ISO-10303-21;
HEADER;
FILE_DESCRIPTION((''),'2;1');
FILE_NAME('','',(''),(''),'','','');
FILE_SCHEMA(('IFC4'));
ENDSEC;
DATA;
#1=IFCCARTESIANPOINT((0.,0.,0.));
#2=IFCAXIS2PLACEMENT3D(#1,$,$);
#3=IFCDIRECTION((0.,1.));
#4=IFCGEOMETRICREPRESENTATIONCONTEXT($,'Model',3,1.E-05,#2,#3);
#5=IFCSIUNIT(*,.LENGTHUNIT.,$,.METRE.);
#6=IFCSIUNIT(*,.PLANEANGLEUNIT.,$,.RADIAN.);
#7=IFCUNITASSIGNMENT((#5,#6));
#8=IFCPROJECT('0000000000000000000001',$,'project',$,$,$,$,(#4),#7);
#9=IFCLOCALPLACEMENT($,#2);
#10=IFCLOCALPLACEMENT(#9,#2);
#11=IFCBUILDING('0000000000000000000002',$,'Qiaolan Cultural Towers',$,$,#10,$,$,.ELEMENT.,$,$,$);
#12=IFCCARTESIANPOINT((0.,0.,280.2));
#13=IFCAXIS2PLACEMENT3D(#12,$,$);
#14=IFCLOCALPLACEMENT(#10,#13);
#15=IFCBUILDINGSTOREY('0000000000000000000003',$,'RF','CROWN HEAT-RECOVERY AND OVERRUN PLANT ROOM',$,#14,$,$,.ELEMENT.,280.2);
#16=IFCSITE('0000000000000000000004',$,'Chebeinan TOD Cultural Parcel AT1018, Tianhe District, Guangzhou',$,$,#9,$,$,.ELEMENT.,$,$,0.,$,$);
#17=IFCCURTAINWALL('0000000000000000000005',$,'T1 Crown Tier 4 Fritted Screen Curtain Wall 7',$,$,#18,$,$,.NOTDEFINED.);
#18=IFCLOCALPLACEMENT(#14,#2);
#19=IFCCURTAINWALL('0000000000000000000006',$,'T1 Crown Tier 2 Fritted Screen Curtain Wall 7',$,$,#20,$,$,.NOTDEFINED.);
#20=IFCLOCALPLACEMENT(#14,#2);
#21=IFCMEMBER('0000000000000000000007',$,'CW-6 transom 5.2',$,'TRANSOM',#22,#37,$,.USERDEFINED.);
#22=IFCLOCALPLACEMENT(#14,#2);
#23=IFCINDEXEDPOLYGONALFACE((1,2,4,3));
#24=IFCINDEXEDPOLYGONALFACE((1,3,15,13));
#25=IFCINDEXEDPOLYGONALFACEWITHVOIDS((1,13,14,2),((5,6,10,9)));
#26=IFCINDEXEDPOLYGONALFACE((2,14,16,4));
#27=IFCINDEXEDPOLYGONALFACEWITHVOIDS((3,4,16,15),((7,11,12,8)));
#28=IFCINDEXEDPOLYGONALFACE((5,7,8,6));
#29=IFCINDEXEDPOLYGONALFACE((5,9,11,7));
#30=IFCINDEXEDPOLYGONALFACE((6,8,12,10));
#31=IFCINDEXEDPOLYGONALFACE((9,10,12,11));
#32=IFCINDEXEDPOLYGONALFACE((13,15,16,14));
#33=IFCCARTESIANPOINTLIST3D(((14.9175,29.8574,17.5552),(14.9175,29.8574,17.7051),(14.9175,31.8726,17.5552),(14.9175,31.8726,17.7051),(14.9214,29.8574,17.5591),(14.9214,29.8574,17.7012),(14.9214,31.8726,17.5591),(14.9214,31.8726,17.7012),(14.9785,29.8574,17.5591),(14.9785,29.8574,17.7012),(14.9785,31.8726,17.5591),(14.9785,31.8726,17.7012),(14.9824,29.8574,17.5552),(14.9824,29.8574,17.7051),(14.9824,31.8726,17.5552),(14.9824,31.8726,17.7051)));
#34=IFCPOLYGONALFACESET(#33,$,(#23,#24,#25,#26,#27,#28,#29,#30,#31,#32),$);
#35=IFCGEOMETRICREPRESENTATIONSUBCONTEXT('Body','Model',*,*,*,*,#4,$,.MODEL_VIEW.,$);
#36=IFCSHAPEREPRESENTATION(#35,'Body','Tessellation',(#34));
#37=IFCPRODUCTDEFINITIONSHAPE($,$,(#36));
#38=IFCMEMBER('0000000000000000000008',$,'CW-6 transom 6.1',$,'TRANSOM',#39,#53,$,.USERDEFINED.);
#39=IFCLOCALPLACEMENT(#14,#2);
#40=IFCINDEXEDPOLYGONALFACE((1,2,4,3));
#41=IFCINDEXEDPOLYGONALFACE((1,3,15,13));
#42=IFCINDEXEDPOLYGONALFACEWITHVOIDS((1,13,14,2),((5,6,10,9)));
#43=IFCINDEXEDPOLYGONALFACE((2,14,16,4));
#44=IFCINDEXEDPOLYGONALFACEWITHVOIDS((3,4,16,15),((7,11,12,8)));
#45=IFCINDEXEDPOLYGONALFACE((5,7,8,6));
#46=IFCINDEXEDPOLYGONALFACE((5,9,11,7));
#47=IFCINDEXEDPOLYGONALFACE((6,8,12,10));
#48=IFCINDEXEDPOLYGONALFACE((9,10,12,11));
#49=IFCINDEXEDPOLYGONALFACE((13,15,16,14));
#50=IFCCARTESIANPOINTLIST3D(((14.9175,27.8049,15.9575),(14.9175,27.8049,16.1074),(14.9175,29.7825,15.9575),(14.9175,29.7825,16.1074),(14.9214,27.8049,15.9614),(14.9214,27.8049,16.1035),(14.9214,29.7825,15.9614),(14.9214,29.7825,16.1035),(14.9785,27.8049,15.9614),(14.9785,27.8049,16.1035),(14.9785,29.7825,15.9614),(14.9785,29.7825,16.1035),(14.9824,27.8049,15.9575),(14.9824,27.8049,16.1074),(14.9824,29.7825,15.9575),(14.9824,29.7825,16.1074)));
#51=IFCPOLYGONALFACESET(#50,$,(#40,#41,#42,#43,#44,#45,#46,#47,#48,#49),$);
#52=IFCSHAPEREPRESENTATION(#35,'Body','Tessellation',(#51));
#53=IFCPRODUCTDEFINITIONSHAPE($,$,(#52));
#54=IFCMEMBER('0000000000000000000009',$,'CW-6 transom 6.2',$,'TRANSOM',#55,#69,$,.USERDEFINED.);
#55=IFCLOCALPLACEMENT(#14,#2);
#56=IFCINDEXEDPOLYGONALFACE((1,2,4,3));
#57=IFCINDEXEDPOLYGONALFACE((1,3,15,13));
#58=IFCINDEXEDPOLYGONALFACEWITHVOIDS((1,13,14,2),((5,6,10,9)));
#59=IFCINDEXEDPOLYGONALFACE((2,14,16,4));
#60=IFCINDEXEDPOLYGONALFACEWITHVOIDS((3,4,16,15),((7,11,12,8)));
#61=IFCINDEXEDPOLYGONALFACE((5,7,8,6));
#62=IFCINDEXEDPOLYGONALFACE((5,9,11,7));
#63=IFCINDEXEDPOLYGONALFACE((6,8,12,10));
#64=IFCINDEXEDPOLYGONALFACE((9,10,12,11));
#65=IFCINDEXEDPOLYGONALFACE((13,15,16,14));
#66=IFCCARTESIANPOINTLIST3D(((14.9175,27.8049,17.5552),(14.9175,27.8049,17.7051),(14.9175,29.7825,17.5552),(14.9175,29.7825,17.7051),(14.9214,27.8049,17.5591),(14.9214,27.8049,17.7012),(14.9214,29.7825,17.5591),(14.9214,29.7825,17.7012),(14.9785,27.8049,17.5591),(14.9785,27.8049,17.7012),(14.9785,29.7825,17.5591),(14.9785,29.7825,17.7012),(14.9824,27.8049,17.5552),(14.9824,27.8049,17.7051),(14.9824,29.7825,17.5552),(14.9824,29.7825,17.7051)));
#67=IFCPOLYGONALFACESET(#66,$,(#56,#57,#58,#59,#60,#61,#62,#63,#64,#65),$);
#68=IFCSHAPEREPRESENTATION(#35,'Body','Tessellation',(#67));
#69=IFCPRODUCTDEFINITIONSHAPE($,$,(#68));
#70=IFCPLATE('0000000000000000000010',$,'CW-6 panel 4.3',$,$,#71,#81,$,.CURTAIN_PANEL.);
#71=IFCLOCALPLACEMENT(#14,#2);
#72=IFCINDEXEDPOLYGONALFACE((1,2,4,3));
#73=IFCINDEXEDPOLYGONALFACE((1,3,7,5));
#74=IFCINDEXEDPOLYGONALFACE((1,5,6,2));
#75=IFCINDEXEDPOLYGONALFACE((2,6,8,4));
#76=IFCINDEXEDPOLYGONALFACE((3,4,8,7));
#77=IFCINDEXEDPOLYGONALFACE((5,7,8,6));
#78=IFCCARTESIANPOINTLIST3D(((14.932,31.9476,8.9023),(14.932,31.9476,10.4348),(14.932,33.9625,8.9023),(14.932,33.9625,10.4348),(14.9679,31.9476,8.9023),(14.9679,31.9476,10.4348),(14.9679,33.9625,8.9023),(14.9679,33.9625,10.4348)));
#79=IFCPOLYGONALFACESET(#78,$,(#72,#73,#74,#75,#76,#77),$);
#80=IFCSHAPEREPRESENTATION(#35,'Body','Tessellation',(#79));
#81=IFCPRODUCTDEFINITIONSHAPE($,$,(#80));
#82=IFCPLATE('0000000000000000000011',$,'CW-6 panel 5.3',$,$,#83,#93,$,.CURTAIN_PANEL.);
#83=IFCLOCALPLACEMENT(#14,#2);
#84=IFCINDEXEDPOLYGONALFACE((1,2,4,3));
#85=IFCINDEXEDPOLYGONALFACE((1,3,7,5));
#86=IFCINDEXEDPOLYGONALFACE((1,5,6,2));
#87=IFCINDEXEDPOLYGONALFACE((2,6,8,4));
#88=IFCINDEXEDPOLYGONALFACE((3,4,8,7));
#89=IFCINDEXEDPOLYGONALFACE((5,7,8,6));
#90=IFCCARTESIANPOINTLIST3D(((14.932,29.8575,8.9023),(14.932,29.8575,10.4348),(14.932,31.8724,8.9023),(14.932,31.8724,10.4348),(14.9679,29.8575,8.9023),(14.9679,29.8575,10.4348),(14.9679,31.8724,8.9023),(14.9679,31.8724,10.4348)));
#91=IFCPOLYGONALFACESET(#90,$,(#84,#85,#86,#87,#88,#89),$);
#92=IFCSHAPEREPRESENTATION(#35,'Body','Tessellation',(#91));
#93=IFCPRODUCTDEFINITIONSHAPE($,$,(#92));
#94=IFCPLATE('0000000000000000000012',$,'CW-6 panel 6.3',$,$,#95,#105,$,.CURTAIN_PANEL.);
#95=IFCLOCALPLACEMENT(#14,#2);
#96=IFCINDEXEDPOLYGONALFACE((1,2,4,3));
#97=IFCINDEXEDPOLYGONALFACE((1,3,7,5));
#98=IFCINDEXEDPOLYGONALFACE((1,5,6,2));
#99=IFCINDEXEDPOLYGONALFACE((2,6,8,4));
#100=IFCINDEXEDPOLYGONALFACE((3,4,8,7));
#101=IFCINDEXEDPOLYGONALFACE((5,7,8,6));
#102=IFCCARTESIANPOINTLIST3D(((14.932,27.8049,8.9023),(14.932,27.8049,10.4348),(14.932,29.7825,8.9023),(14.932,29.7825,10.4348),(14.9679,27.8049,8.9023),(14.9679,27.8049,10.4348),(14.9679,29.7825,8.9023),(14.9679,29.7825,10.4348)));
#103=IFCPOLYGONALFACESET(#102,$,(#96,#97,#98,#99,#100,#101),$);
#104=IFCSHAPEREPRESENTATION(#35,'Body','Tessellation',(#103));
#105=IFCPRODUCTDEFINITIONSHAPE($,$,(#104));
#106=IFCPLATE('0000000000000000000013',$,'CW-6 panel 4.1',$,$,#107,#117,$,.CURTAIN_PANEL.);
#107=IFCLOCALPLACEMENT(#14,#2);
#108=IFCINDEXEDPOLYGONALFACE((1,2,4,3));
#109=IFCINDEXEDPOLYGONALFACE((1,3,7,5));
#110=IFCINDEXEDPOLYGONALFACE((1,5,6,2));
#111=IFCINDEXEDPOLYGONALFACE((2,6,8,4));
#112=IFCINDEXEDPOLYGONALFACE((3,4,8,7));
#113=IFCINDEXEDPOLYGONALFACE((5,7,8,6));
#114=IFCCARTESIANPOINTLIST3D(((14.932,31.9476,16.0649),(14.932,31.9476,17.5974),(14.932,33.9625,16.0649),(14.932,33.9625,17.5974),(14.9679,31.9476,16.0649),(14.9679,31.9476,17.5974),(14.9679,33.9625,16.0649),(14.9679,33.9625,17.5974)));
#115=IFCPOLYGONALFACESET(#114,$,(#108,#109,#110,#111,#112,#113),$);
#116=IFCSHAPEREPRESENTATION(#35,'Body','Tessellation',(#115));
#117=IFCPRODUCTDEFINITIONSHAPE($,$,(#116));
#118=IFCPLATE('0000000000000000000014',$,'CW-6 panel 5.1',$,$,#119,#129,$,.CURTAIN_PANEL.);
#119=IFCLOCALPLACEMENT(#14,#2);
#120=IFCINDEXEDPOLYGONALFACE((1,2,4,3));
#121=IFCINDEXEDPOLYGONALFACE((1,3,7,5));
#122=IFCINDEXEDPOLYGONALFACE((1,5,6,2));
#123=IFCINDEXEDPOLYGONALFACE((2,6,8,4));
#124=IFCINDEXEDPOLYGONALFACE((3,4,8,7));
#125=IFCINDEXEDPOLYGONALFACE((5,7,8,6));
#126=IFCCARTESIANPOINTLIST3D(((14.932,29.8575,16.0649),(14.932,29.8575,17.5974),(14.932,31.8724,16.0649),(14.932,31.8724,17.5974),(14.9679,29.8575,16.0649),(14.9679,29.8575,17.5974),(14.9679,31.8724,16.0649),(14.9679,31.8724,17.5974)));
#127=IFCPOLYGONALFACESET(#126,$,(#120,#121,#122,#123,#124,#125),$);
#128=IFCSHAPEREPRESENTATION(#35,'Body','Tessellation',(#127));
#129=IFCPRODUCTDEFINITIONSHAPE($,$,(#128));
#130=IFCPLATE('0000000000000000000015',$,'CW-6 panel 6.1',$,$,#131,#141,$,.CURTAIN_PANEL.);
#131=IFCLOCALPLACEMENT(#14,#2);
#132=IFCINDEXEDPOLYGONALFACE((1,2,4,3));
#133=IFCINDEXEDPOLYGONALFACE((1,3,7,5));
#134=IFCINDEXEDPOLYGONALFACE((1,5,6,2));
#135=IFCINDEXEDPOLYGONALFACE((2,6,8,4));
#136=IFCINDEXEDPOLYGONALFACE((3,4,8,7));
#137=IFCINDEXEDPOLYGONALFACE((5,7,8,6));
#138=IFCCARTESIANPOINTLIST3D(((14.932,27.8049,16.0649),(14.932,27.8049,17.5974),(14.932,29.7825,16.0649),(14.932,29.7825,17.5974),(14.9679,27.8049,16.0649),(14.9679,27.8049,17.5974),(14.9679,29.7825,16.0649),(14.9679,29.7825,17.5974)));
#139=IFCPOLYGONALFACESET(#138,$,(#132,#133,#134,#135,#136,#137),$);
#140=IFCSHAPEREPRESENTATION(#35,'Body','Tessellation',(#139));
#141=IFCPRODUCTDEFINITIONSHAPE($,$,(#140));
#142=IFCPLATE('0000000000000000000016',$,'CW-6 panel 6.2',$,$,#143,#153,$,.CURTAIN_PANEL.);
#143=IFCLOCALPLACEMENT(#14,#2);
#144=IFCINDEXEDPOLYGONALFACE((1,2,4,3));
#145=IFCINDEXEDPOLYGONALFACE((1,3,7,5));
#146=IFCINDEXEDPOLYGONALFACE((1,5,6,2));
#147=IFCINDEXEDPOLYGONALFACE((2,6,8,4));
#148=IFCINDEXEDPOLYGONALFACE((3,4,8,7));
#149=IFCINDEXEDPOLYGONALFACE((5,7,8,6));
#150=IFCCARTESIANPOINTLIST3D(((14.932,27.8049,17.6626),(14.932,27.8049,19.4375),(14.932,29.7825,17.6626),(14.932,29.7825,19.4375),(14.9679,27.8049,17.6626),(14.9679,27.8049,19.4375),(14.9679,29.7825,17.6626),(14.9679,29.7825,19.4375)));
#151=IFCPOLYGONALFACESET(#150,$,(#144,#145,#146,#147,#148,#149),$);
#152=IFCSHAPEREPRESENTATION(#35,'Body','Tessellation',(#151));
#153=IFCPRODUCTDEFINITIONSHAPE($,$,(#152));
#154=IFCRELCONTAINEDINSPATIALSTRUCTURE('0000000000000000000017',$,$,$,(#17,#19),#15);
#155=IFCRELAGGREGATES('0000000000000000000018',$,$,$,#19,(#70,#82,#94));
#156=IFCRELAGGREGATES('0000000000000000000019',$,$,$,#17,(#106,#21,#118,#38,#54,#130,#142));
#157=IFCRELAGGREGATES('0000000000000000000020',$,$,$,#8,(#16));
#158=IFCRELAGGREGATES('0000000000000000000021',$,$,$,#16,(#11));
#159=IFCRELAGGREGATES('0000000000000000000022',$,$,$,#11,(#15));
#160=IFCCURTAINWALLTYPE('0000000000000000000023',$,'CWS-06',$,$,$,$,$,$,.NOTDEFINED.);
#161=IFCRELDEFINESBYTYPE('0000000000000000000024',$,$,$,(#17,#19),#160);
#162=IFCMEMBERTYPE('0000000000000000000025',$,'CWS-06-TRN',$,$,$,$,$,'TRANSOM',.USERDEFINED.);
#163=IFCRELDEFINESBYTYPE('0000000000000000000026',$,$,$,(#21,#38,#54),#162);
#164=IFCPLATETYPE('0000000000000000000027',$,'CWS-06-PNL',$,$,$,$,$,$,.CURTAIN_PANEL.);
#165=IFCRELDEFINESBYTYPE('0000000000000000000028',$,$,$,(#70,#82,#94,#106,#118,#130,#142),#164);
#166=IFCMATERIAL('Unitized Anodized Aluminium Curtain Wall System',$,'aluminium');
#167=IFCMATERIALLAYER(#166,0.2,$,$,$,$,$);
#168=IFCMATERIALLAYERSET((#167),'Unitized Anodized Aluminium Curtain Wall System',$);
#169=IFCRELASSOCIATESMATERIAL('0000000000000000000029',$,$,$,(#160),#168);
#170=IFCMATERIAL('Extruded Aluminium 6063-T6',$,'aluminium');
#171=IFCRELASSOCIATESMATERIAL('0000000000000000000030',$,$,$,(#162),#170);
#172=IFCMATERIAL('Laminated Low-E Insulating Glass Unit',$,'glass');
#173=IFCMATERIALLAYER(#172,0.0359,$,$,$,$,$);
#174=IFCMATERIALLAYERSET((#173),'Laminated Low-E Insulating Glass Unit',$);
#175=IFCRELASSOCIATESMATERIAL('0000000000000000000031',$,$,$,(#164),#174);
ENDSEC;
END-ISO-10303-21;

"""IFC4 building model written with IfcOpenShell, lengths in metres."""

from ifc_helpers import new_model, si_unit, direction, frame, origin, origin_2d, place, context, subcontext, project, spatial, rectangle, hollow_rectangle, extrude, material, layer, layer_set, material_profile, profile_set, type_object, element, aggregate, save


model = new_model("IFC4")

# Units and contexts
model_context = context("Model", 3, precision=1e-05, world=origin(), true_north=direction((0.0, 1.0)))
body_context = subcontext(model_context, "Body", "Model", "MODEL_VIEW")
ifc_project = project(units=[si_unit("LENGTHUNIT", "METRE"), si_unit("PLANEANGLEUNIT", "RADIAN")], contexts=[model_context])

# Site, building, storey
site_placement = place(None, origin())
site = spatial("IfcSite", under=ifc_project, at=site_placement, Name="Chebeinan TOD Cultural Parcel AT1018, Tianhe District, Guangzhou", CompositionType="ELEMENT", RefElevation=0.0)
building_placement = place(site_placement, origin())
building = spatial("IfcBuilding", under=site, at=building_placement, Name="Qiaolan Cultural Towers", CompositionType="ELEMENT")
storey_placement = place(building_placement, frame((0.0, 0.0, 280.2)))
storey = spatial("IfcBuildingStorey", under=building, at=storey_placement, Name="RF", Description="CROWN HEAT-RECOVERY AND OVERRUN PLANT ROOM", CompositionType="ELEMENT", Elevation=280.2)

# Curtain walls
ifc_material_1 = material(Name="Unitized Anodized Aluminium Curtain Wall System", Category="aluminium")
ifc_layer_1 = layer(ifc_material_1, 0.2)
ifc_layer_set_1 = layer_set([ifc_layer_1], Name="Unitized Anodized Aluminium Curtain Wall System")
curtain_wall_type = type_object("IfcCurtainWallType", Name="CWS-06", PredefinedType="NOTDEFINED", material=ifc_layer_set_1)
curtain_wall_1_placement = place(storey_placement, origin())
curtain_wall_1 = element("IfcCurtainWall", 1, at=curtain_wall_1_placement, inside=storey, type_object=curtain_wall_type, Name="T1 Crown Tier 4 Fritted Screen Curtain Wall 7", PredefinedType="NOTDEFINED")
curtain_wall_2_placement = place(storey_placement, origin())
curtain_wall_2 = element("IfcCurtainWall", 2, at=curtain_wall_2_placement, inside=storey, type_object=curtain_wall_type, Name="T1 Crown Tier 2 Fritted Screen Curtain Wall 7", PredefinedType="NOTDEFINED")
ifc_material_2 = material(Name="Extruded Aluminium 6063-T6", Category="aluminium")
ifc_material_profile_1 = material_profile(ifc_material_2, hollow_rectangle(XDim=0.0649, YDim=0.1499, WallThickness=0.0039, at=origin_2d()), Name="CWT-150x65x4")
ifc_profile_set_1 = profile_set([ifc_material_profile_1], Name="Extruded Aluminium 6063-T6")
member_type_1 = type_object("IfcMemberType", Name="CWS-06-TRN", ElementType="TRANSOM", PredefinedType="USERDEFINED", material=ifc_profile_set_1)

# Members
member_1_placement = place(storey_placement, frame((14.95, 31.8726, 17.6301), z_axis=(0.0, -1.0, 0.0), x_axis=(1.0, 0.0, 0.0)))
member_1 = element("IfcMember", 3, at=member_1_placement, type_object=member_type_1, Name="CW-6 transom 5.2", ObjectType="TRANSOM", PredefinedType="USERDEFINED", context=body_context, shape_type="SweptSolid", body=[
    extrude(hollow_rectangle(XDim=0.0649, YDim=0.1499, WallThickness=0.0039, at=origin_2d()), origin(), (0.0, 0.0, 1.0), 2.0151),
])
member_2_placement = place(storey_placement, frame((14.95, 29.7825, 16.0325), z_axis=(0.0, -1.0, 0.0), x_axis=(1.0, 0.0, 0.0)))
member_2 = element("IfcMember", 4, at=member_2_placement, type_object=member_type_1, Name="CW-6 transom 6.1", ObjectType="TRANSOM", PredefinedType="USERDEFINED", context=body_context, shape_type="SweptSolid", body=[
    extrude(hollow_rectangle(XDim=0.0649, YDim=0.1499, WallThickness=0.0039, at=origin_2d()), origin(), (0.0, 0.0, 1.0), 1.9775),
])
member_3_placement = place(storey_placement, frame((14.95, 29.7825, 17.6301), z_axis=(0.0, -1.0, 0.0), x_axis=(1.0, 0.0, 0.0)))
member_3 = element("IfcMember", 5, at=member_3_placement, type_object=member_type_1, Name="CW-6 transom 6.2", ObjectType="TRANSOM", PredefinedType="USERDEFINED", context=body_context, shape_type="SweptSolid", body=[
    extrude(hollow_rectangle(XDim=0.0649, YDim=0.1499, WallThickness=0.0039, at=origin_2d()), origin(), (0.0, 0.0, 1.0), 1.9775),
])

# Plates
ifc_material_3 = material(Name="Laminated Low-E Insulating Glass Unit", Category="glass")
ifc_layer_2 = layer(ifc_material_3, 0.0359)
ifc_layer_set_2 = layer_set([ifc_layer_2], Name="Laminated Low-E Insulating Glass Unit")
plate_type = type_object("IfcPlateType", Name="CWS-06-PNL", PredefinedType="CURTAIN_PANEL", material=ifc_layer_set_2)
plate_1_placement = place(storey_placement, frame((14.95, 32.9551, 8.9023), z_axis=(0.0, 0.0, 1.0), x_axis=(0.0, -1.0, 0.0)))
plate_1 = element("IfcPlate", 6, at=plate_1_placement, type_object=plate_type, Name="CW-6 panel 4.3", PredefinedType="CURTAIN_PANEL", context=body_context, shape_type="SweptSolid", body=[
    extrude(rectangle(XDim=2.0149, YDim=0.0359, at=origin_2d()), origin(), (0.0, 0.0, 1.0), 1.5325),
])
plate_2_placement = place(storey_placement, frame((14.95, 30.865, 8.9023), z_axis=(0.0, 0.0, 1.0), x_axis=(0.0, -1.0, 0.0)))
plate_2 = element("IfcPlate", 7, at=plate_2_placement, type_object=plate_type, Name="CW-6 panel 5.3", PredefinedType="CURTAIN_PANEL", context=body_context, shape_type="SweptSolid", body=[
    extrude(rectangle(XDim=2.0149, YDim=0.0359, at=origin_2d()), origin(), (0.0, 0.0, 1.0), 1.5325),
])
plate_3_placement = place(storey_placement, frame((14.95, 28.7937, 8.9023), z_axis=(0.0, 0.0, 1.0), x_axis=(0.0, -1.0, 0.0)))
plate_3 = element("IfcPlate", 8, at=plate_3_placement, type_object=plate_type, Name="CW-6 panel 6.3", PredefinedType="CURTAIN_PANEL", context=body_context, shape_type="SweptSolid", body=[
    extrude(rectangle(XDim=1.9775, YDim=0.0359, at=origin_2d()), origin(), (0.0, 0.0, 1.0), 1.5325),
])
aggregate(curtain_wall_2, [plate_1, plate_2, plate_3])
plate_4_placement = place(storey_placement, frame((14.95, 32.9551, 16.0649), z_axis=(0.0, 0.0, 1.0), x_axis=(0.0, -1.0, 0.0)))
plate_4 = element("IfcPlate", 9, at=plate_4_placement, type_object=plate_type, Name="CW-6 panel 4.1", PredefinedType="CURTAIN_PANEL", context=body_context, shape_type="SweptSolid", body=[
    extrude(rectangle(XDim=2.0149, YDim=0.0359, at=origin_2d()), origin(), (0.0, 0.0, 1.0), 1.5325),
])
plate_5_placement = place(storey_placement, frame((14.95, 30.865, 16.0649), z_axis=(0.0, 0.0, 1.0), x_axis=(0.0, -1.0, 0.0)))
plate_5 = element("IfcPlate", 10, at=plate_5_placement, type_object=plate_type, Name="CW-6 panel 5.1", PredefinedType="CURTAIN_PANEL", context=body_context, shape_type="SweptSolid", body=[
    extrude(rectangle(XDim=2.0149, YDim=0.0359, at=origin_2d()), origin(), (0.0, 0.0, 1.0), 1.5325),
])
plate_6_placement = place(storey_placement, frame((14.95, 28.7937, 16.0649), z_axis=(0.0, 0.0, 1.0), x_axis=(0.0, -1.0, 0.0)))
plate_6 = element("IfcPlate", 11, at=plate_6_placement, type_object=plate_type, Name="CW-6 panel 6.1", PredefinedType="CURTAIN_PANEL", context=body_context, shape_type="SweptSolid", body=[
    extrude(rectangle(XDim=1.9775, YDim=0.0359, at=origin_2d()), origin(), (0.0, 0.0, 1.0), 1.5325),
])
plate_7_placement = place(storey_placement, frame((14.95, 28.7937, 17.6626), z_axis=(0.0, 0.0, 1.0), x_axis=(0.0, -1.0, 0.0)))
plate_7 = element("IfcPlate", 12, at=plate_7_placement, type_object=plate_type, Name="CW-6 panel 6.2", PredefinedType="CURTAIN_PANEL", context=body_context, shape_type="SweptSolid", body=[
    extrude(rectangle(XDim=1.9775, YDim=0.0359, at=origin_2d()), origin(), (0.0, 0.0, 1.0), 1.7749),
])
aggregate(curtain_wall_1, [plate_4, member_1, plate_5, member_2, member_3, plate_6, plate_7])

save(model, "model.ifc")
